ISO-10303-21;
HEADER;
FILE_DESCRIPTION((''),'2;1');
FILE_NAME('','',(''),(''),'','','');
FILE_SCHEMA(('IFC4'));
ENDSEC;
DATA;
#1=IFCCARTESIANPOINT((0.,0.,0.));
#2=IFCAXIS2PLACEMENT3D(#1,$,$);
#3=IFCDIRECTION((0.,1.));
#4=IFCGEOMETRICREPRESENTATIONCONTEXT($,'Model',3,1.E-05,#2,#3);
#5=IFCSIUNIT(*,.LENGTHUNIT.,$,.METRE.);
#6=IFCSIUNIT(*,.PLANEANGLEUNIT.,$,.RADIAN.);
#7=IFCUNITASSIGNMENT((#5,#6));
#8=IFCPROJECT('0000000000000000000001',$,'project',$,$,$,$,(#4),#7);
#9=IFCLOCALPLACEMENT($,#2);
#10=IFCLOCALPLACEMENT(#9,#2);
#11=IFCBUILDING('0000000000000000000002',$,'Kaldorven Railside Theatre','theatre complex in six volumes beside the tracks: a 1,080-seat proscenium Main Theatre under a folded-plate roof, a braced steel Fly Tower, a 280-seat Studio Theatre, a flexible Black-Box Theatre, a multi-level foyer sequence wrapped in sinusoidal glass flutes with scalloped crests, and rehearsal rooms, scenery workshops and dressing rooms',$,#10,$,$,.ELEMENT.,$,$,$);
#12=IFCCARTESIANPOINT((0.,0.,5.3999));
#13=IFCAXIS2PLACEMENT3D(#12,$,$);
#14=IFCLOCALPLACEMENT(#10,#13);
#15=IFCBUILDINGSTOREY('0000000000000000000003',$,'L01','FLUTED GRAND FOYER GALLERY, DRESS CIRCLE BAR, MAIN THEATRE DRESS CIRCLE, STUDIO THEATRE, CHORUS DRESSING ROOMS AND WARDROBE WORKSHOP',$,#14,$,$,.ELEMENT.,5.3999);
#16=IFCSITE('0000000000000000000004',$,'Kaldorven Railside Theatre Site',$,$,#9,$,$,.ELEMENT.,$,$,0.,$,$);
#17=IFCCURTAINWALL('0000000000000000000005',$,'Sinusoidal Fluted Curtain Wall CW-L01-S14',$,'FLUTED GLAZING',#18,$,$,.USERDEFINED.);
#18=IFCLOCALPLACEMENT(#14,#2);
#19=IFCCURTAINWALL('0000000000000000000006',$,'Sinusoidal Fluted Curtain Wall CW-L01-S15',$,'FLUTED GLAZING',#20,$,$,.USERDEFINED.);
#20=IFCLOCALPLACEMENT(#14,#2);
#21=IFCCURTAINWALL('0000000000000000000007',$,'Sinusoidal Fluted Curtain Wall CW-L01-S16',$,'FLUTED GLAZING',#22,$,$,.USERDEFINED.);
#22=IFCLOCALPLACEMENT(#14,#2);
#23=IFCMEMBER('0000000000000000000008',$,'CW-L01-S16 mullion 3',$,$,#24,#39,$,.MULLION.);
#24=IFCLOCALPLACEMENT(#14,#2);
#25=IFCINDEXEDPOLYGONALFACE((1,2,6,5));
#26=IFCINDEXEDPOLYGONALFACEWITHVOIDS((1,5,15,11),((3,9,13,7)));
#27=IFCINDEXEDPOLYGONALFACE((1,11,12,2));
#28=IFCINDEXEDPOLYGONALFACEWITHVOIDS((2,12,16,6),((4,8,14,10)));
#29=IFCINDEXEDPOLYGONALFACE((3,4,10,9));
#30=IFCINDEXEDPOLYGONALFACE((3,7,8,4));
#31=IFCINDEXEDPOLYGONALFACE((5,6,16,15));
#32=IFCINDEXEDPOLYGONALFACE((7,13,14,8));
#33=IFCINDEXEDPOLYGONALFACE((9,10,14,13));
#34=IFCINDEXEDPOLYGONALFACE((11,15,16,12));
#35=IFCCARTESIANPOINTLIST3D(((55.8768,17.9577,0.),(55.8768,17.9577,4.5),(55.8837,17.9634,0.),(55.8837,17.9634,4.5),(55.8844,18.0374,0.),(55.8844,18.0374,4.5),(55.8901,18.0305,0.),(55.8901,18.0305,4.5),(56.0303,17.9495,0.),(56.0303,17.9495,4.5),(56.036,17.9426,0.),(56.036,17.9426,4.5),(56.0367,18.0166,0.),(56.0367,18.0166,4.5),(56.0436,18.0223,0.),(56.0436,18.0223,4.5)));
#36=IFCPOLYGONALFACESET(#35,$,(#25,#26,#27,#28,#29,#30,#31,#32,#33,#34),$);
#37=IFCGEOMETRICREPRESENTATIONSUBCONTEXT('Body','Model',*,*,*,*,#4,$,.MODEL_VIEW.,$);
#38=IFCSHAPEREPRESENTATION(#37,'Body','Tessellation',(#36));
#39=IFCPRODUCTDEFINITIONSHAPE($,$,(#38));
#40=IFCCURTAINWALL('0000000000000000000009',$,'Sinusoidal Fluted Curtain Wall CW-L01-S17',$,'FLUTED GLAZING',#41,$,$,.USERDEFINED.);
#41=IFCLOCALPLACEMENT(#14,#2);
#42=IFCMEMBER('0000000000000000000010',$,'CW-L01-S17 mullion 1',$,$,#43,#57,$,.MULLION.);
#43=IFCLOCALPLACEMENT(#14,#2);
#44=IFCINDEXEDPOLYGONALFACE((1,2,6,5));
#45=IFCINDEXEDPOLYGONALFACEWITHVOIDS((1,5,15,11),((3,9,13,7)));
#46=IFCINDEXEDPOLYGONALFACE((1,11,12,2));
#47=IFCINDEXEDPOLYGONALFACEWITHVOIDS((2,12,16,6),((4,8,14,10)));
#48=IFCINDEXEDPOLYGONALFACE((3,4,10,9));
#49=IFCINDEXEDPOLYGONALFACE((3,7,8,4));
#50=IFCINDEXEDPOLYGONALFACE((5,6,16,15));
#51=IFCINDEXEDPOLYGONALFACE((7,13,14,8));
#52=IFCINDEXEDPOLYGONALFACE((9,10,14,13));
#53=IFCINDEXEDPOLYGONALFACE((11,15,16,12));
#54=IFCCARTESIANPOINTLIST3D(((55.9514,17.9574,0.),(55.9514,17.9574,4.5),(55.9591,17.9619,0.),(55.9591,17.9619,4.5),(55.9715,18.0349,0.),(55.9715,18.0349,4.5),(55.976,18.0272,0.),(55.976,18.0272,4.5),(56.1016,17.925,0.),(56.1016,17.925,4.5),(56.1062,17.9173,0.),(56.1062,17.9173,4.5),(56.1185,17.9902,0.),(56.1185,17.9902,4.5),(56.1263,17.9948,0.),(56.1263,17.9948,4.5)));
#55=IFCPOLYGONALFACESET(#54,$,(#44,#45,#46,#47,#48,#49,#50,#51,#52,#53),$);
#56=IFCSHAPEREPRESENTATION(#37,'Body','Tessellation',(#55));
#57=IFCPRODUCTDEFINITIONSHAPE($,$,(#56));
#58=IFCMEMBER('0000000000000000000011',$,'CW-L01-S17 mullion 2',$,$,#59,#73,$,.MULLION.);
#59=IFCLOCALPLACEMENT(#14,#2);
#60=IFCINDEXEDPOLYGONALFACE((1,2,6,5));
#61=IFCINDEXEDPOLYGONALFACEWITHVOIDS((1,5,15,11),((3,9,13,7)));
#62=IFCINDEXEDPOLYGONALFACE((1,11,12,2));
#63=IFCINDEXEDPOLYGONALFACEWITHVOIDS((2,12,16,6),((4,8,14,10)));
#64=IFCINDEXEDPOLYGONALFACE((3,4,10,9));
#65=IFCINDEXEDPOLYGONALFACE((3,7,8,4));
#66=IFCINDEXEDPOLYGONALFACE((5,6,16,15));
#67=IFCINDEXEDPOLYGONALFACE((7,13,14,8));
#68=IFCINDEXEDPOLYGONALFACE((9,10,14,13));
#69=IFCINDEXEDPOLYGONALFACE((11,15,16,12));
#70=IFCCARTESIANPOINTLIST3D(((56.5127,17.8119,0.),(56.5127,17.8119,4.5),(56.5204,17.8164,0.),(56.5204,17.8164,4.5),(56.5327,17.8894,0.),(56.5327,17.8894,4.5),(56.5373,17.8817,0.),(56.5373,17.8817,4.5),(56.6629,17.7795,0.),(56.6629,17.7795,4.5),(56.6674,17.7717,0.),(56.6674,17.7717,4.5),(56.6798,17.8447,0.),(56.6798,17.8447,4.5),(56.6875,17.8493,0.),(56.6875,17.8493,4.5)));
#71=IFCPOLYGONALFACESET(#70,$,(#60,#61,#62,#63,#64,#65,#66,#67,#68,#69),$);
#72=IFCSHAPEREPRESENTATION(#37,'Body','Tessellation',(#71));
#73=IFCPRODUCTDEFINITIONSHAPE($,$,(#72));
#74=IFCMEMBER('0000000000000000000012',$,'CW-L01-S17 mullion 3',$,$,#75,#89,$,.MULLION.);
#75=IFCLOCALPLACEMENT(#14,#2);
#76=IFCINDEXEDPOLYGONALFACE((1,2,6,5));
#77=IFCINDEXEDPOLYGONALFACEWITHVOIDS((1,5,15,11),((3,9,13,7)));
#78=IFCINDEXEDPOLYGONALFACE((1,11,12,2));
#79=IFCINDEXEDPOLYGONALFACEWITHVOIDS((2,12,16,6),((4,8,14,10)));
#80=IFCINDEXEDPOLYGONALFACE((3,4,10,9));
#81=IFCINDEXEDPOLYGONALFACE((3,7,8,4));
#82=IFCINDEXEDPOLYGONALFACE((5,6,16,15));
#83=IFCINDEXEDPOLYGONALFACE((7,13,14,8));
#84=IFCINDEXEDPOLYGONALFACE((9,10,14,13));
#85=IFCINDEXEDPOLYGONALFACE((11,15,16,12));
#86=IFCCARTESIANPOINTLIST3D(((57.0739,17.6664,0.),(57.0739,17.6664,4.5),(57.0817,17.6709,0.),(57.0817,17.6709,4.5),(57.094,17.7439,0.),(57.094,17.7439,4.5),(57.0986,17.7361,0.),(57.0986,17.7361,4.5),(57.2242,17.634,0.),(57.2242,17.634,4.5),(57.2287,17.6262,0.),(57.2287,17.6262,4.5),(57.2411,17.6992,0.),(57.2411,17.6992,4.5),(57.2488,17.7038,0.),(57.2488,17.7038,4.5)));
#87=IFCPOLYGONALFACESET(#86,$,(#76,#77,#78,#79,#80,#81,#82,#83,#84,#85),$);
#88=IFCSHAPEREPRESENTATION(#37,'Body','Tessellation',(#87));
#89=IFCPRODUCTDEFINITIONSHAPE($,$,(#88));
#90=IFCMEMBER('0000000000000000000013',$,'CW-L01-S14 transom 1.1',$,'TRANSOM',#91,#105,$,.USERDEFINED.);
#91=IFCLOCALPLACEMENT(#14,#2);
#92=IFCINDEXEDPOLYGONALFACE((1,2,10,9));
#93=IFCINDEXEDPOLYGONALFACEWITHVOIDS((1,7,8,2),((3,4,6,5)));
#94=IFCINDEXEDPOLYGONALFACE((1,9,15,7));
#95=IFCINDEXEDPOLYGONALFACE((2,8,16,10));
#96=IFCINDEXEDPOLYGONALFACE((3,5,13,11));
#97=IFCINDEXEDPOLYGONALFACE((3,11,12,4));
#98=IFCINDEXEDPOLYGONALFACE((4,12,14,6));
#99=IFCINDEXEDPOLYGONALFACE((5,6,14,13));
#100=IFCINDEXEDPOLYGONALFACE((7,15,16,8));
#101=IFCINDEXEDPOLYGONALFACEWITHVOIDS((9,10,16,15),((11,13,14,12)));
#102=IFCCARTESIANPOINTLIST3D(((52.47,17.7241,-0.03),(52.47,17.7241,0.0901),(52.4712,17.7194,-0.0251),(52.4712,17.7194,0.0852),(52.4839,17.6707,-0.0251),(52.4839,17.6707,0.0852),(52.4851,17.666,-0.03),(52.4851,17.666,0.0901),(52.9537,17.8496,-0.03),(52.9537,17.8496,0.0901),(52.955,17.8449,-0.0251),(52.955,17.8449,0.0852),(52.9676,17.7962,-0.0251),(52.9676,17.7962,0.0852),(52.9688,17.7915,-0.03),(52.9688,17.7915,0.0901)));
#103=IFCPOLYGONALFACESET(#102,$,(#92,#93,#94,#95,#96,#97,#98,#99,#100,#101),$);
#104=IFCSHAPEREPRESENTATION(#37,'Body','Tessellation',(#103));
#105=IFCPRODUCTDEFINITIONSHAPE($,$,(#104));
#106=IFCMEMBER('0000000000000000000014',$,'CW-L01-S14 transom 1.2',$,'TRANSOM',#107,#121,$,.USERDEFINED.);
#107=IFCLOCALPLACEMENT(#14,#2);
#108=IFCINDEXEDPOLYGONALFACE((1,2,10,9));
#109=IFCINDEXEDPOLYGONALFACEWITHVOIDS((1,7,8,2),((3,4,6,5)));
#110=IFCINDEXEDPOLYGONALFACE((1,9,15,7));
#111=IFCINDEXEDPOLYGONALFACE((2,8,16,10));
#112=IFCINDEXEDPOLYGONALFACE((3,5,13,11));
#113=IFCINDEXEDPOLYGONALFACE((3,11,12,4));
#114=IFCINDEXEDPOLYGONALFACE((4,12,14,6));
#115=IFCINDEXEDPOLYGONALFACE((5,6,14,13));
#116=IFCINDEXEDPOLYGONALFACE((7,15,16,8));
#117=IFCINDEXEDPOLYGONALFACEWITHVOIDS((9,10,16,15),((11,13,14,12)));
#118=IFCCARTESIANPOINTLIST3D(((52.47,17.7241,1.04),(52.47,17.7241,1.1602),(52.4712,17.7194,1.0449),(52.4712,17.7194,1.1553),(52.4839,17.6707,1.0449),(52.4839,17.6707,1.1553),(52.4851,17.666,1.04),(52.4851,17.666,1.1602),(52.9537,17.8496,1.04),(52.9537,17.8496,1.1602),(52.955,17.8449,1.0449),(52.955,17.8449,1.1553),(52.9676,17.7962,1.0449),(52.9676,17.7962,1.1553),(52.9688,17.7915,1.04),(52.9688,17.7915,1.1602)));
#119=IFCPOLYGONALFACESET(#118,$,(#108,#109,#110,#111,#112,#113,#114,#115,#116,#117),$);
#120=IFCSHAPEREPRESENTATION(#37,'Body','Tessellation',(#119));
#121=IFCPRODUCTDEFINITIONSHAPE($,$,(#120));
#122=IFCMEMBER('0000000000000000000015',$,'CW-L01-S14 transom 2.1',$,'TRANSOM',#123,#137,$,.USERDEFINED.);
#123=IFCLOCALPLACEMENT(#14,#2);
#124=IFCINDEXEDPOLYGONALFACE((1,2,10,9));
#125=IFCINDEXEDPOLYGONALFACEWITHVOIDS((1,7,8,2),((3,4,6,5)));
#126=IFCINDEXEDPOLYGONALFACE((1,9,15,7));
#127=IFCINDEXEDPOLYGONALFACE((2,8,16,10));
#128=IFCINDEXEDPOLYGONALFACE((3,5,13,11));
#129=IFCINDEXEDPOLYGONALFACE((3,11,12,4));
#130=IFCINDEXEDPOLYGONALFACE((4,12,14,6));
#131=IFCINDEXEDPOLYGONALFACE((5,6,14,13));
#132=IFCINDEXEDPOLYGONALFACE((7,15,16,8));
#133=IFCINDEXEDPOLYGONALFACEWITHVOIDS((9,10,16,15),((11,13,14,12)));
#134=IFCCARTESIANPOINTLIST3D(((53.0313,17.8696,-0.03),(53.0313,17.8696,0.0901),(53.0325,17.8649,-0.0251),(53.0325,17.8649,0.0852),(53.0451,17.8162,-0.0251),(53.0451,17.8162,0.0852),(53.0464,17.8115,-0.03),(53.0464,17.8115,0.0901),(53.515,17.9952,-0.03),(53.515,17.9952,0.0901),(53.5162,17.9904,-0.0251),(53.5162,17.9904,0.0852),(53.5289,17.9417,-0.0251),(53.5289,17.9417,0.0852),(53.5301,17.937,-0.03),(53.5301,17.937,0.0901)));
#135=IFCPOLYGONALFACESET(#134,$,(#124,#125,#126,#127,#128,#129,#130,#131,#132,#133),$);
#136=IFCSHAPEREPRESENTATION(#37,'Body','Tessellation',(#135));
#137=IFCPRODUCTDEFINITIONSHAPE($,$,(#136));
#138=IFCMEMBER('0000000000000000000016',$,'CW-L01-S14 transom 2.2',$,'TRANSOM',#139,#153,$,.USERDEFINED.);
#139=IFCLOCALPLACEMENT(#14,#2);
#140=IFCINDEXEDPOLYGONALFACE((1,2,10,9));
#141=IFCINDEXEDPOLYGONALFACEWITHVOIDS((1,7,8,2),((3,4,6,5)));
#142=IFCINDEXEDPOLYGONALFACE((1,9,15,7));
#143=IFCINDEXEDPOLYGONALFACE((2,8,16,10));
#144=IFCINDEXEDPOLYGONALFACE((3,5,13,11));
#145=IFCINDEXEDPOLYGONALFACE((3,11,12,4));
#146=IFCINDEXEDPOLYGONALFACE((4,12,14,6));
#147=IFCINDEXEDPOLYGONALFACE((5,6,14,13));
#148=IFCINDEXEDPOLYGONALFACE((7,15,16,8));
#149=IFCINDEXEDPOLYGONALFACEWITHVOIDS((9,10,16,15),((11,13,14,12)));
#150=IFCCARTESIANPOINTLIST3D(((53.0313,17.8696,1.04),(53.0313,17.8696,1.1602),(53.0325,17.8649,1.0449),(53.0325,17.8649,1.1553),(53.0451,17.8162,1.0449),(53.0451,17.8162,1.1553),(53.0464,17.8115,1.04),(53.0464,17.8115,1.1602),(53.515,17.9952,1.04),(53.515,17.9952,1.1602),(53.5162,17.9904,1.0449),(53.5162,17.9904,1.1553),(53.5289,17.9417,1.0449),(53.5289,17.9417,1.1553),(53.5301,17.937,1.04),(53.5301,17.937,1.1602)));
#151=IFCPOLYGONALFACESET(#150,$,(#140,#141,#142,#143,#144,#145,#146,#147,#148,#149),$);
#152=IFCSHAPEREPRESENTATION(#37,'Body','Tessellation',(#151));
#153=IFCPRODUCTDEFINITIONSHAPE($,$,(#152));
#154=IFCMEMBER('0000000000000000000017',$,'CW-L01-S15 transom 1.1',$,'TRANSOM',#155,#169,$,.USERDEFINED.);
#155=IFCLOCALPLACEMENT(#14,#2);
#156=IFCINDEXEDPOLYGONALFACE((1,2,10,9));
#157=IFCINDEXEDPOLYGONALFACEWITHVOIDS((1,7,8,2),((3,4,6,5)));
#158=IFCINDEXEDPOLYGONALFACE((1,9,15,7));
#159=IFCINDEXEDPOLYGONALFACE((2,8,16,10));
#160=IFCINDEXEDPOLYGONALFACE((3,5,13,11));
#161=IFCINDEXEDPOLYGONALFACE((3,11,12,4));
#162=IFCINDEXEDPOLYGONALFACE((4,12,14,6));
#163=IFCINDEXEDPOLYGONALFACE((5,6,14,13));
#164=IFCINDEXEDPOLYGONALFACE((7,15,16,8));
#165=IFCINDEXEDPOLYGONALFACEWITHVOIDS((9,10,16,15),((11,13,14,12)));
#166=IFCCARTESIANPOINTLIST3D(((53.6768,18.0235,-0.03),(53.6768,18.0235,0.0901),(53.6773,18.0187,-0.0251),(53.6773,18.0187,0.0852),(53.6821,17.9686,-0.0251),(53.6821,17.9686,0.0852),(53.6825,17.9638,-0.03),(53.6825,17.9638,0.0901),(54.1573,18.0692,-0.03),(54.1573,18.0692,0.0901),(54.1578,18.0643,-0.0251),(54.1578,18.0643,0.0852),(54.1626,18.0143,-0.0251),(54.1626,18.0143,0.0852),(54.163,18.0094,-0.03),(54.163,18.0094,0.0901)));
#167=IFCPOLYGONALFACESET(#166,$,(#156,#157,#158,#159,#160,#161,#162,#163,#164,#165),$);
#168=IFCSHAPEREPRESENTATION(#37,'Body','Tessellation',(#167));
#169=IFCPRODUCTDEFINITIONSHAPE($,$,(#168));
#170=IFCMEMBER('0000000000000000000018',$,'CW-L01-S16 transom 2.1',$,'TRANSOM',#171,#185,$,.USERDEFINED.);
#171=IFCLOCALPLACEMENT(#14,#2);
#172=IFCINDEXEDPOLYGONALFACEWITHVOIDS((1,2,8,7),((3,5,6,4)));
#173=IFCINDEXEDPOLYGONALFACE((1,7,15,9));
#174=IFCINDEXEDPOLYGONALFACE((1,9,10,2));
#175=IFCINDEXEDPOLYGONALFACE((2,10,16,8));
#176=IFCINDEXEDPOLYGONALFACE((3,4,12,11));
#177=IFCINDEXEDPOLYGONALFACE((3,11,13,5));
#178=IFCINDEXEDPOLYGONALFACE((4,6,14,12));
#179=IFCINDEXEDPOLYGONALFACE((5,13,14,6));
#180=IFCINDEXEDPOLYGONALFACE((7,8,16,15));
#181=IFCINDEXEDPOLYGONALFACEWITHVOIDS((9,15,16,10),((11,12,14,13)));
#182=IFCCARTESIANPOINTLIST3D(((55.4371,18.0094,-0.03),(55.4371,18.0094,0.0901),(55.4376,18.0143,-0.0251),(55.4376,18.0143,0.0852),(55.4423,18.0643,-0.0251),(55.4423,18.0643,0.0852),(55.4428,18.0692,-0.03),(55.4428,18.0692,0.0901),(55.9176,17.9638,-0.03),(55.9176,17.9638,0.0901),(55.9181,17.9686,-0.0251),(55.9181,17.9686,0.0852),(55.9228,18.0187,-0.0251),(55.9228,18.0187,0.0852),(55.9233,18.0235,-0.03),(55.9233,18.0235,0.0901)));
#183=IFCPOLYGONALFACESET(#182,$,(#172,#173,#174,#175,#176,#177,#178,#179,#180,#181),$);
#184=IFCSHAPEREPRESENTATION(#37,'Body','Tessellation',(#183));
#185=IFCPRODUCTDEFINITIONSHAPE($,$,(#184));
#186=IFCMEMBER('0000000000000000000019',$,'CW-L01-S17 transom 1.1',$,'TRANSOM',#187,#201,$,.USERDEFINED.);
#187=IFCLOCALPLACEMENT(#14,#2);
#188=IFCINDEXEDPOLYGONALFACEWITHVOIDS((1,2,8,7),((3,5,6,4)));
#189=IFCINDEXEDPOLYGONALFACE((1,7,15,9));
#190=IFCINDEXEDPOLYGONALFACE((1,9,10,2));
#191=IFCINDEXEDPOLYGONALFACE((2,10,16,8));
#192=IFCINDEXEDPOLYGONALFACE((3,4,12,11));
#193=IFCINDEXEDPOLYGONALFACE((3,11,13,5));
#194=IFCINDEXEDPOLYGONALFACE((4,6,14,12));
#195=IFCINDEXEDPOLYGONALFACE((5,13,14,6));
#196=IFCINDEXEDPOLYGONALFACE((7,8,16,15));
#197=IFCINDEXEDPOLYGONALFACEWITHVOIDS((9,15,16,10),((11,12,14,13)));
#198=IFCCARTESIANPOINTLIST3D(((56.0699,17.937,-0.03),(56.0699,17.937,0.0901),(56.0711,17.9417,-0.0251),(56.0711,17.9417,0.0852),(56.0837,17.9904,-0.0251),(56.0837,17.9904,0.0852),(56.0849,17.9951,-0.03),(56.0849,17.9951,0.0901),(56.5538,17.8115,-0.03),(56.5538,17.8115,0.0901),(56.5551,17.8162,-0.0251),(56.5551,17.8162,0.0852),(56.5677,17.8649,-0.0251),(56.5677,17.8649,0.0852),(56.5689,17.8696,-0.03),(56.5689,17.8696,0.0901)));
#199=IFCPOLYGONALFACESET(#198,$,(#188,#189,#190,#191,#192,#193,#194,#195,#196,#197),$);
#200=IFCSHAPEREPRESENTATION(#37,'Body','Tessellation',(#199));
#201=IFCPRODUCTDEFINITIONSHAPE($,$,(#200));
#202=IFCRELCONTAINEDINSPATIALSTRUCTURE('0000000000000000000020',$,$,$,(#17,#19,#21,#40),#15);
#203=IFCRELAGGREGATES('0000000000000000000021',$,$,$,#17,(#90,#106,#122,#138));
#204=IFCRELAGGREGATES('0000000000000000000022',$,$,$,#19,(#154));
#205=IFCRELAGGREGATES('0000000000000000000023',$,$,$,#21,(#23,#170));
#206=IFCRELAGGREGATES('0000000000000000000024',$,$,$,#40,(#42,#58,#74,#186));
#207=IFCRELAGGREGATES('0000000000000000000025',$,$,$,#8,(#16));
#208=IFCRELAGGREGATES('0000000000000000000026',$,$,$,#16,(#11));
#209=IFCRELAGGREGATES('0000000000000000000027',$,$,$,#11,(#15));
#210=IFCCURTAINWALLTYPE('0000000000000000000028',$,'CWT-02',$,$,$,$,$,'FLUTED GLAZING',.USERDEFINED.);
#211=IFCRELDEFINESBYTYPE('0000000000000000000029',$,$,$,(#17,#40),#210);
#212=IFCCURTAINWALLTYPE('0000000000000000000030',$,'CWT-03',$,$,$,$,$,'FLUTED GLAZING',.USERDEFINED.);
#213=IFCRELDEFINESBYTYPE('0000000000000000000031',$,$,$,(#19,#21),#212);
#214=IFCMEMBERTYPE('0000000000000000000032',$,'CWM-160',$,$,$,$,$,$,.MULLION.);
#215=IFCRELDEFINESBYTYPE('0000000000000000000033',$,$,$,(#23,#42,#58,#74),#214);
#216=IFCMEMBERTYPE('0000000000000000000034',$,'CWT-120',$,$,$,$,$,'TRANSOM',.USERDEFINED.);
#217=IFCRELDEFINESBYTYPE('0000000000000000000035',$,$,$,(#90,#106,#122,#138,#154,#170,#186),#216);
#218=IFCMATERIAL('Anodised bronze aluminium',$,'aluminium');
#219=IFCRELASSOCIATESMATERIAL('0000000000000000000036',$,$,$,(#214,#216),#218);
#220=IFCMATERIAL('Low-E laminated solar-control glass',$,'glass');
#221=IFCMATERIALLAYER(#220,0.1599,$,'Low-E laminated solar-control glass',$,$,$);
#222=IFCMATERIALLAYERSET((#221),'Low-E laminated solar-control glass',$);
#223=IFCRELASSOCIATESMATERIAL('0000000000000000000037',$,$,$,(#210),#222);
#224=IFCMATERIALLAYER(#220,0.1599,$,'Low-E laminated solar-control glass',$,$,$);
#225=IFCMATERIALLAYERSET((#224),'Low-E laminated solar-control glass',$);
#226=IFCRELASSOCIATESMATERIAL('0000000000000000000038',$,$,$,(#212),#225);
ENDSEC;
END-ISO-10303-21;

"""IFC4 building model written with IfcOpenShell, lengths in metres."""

from ifc_helpers import new_model, si_unit, direction, frame, origin, origin_2d, place, context, subcontext, project, spatial, hollow_rectangle, extrude, material, layer, layer_set, material_profile, profile_set, type_object, element, aggregate, save


model = new_model("IFC4")

# Units and contexts
model_context = context("Model", 3, precision=1e-05, world=origin(), true_north=direction((0.0, 1.0)))
body_context = subcontext(model_context, "Body", "Model", "MODEL_VIEW")
ifc_project = project(units=[si_unit("LENGTHUNIT", "METRE"), si_unit("PLANEANGLEUNIT", "RADIAN")], contexts=[model_context])

# Site, building, storey
site_placement = place(None, origin())
site = spatial("IfcSite", under=ifc_project, at=site_placement, Name="Kaldorven Railside Theatre Site", CompositionType="ELEMENT", RefElevation=0.0)
building_placement = place(site_placement, origin())
building = spatial("IfcBuilding", under=site, at=building_placement, Name="Kaldorven Railside Theatre", Description="theatre complex in six volumes beside the tracks: a 1,080-seat proscenium Main Theatre under a folded-plate roof, a braced steel Fly Tower, a 280-seat Studio Theatre, a flexible Black-Box Theatre, a multi-level foyer sequence wrapped in sinusoidal glass flutes with scalloped crests, and rehearsal rooms, scenery workshops and dressing rooms", CompositionType="ELEMENT")
storey_placement = place(building_placement, frame((0.0, 0.0, 5.3999)))
storey = spatial("IfcBuildingStorey", under=building, at=storey_placement, Name="L01", Description="FLUTED GRAND FOYER GALLERY, DRESS CIRCLE BAR, MAIN THEATRE DRESS CIRCLE, STUDIO THEATRE, CHORUS DRESSING ROOMS AND WARDROBE WORKSHOP", CompositionType="ELEMENT", Elevation=5.3999)

# Shared definitions
ifc_material_1 = material(Name="Low-E laminated solar-control glass", Category="glass")
ifc_material_2 = material(Name="Anodised bronze aluminium", Category="aluminium")
ifc_material_profile_1 = material_profile(ifc_material_2, hollow_rectangle(XDim=0.0801, YDim=0.1599, WallThickness=0.0063, at=origin_2d()), Name="RHS 160x80x6.3")
ifc_profile_set_1 = profile_set([ifc_material_profile_1], Name="Anodised bronze aluminium")
member_type_1 = type_object("IfcMemberType", Name="CWM-160", PredefinedType="MULLION", material=ifc_profile_set_1)

# Curtain walls, members
ifc_layer_1 = layer(ifc_material_1, 0.1599, Name="Low-E laminated solar-control glass")
ifc_layer_set_1 = layer_set([ifc_layer_1], Name="Low-E laminated solar-control glass")
curtain_wall_type_1 = type_object("IfcCurtainWallType", Name="CWT-02", ElementType="FLUTED GLAZING", PredefinedType="USERDEFINED", material=ifc_layer_set_1)
curtain_wall_1_placement = place(storey_placement, origin())
curtain_wall_1 = element("IfcCurtainWall", 1, at=curtain_wall_1_placement, inside=storey, type_object=curtain_wall_type_1, Name="Sinusoidal Fluted Curtain Wall CW-L01-S14", ObjectType="FLUTED GLAZING", PredefinedType="USERDEFINED")
ifc_layer_2 = layer(ifc_material_1, 0.1599, Name="Low-E laminated solar-control glass")
ifc_layer_set_2 = layer_set([ifc_layer_2], Name="Low-E laminated solar-control glass")
curtain_wall_type_2 = type_object("IfcCurtainWallType", Name="CWT-03", ElementType="FLUTED GLAZING", PredefinedType="USERDEFINED", material=ifc_layer_set_2)
curtain_wall_2_placement = place(storey_placement, origin())
curtain_wall_2 = element("IfcCurtainWall", 2, at=curtain_wall_2_placement, inside=storey, type_object=curtain_wall_type_2, Name="Sinusoidal Fluted Curtain Wall CW-L01-S15", ObjectType="FLUTED GLAZING", PredefinedType="USERDEFINED")
curtain_wall_3_placement = place(storey_placement, origin())
curtain_wall_3 = element("IfcCurtainWall", 3, at=curtain_wall_3_placement, inside=storey, type_object=curtain_wall_type_2, Name="Sinusoidal Fluted Curtain Wall CW-L01-S16", ObjectType="FLUTED GLAZING", PredefinedType="USERDEFINED")
member_1_placement = place(storey_placement, frame((55.9602, 17.99, 0.0), z_axis=(0.0, 0.0, 1.0), x_axis=(0.094492, 0.995526, 0.0)))
member_1 = element("IfcMember", 4, at=member_1_placement, type_object=member_type_1, Name="CW-L01-S16 mullion 3", PredefinedType="MULLION", context=body_context, shape_type="SweptSolid", body=[
    extrude(hollow_rectangle(XDim=0.0801, YDim=0.1599, WallThickness=0.0063, at=origin_2d()), origin(), (0.0, 0.0, 1.0), 4.5),
])
curtain_wall_4_placement = place(storey_placement, origin())
curtain_wall_4 = element("IfcCurtainWall", 5, at=curtain_wall_4_placement, inside=storey, type_object=curtain_wall_type_1, Name="Sinusoidal Fluted Curtain Wall CW-L01-S17", ObjectType="FLUTED GLAZING", PredefinedType="USERDEFINED")
member_2_placement = place(storey_placement, frame((56.0388, 17.9761, 0.0), z_axis=(0.0, 0.0, 1.0), x_axis=(0.250954, 0.967999, 0.0)))
member_2 = element("IfcMember", 6, at=member_2_placement, type_object=member_type_1, Name="CW-L01-S17 mullion 1", PredefinedType="MULLION", context=body_context, shape_type="SweptSolid", body=[
    extrude(hollow_rectangle(XDim=0.0801, YDim=0.1599, WallThickness=0.0063, at=origin_2d()), origin(), (0.0, 0.0, 1.0), 4.5),
])
member_3_placement = place(storey_placement, frame((56.6001, 17.8306, 0.0), z_axis=(0.0, 0.0, 1.0), x_axis=(0.250954, 0.967999, 0.0)))
member_3 = element("IfcMember", 7, at=member_3_placement, type_object=member_type_1, Name="CW-L01-S17 mullion 2", PredefinedType="MULLION", context=body_context, shape_type="SweptSolid", body=[
    extrude(hollow_rectangle(XDim=0.0801, YDim=0.1599, WallThickness=0.0063, at=origin_2d()), origin(), (0.0, 0.0, 1.0), 4.5),
])
member_4_placement = place(storey_placement, frame((57.1614, 17.6851, 0.0), z_axis=(0.0, 0.0, 1.0), x_axis=(0.250954, 0.967999, 0.0)))
member_4 = element("IfcMember", 8, at=member_4_placement, type_object=member_type_1, Name="CW-L01-S17 mullion 3", PredefinedType="MULLION", context=body_context, shape_type="SweptSolid", body=[
    extrude(hollow_rectangle(XDim=0.0801, YDim=0.1599, WallThickness=0.0063, at=origin_2d()), origin(), (0.0, 0.0, 1.0), 4.5),
])

# Members
ifc_material_profile_2 = material_profile(ifc_material_2, hollow_rectangle(XDim=0.0601, YDim=0.1201, WallThickness=0.0049, at=origin_2d()), Name="RHS 120x60x5")
ifc_profile_set_2 = profile_set([ifc_material_profile_2], Name="Anodised bronze aluminium")
member_type_2 = type_object("IfcMemberType", Name="CWT-120", ElementType="TRANSOM", PredefinedType="USERDEFINED", material=ifc_profile_set_2)
member_5_placement = place(storey_placement, frame((52.4775, 17.6951, 0.03), z_axis=(0.967949, 0.251149, 0.0), x_axis=(-0.251149, 0.967949, 0.0)))
member_5 = element("IfcMember", 9, at=member_5_placement, type_object=member_type_2, Name="CW-L01-S14 transom 1.1", ObjectType="TRANSOM", PredefinedType="USERDEFINED", context=body_context, shape_type="SweptSolid", body=[
    extrude(hollow_rectangle(XDim=0.0601, YDim=0.1201, WallThickness=0.0049, at=origin_2d()), origin(), (0.0, 0.0, 1.0), 0.4998),
])
member_6_placement = place(storey_placement, frame((52.4775, 17.6951, 1.1001), z_axis=(0.967949, 0.251149, 0.0), x_axis=(-0.251149, 0.967949, 0.0)))
member_6 = element("IfcMember", 10, at=member_6_placement, type_object=member_type_2, Name="CW-L01-S14 transom 1.2", ObjectType="TRANSOM", PredefinedType="USERDEFINED", context=body_context, shape_type="SweptSolid", body=[
    extrude(hollow_rectangle(XDim=0.0601, YDim=0.1201, WallThickness=0.0049, at=origin_2d()), origin(), (0.0, 0.0, 1.0), 0.4998),
])
member_7_placement = place(storey_placement, frame((53.0388, 17.8406, 0.03), z_axis=(0.967949, 0.251149, 0.0), x_axis=(-0.251149, 0.967949, 0.0)))
member_7 = element("IfcMember", 11, at=member_7_placement, type_object=member_type_2, Name="CW-L01-S14 transom 2.1", ObjectType="TRANSOM", PredefinedType="USERDEFINED", context=body_context, shape_type="SweptSolid", body=[
    extrude(hollow_rectangle(XDim=0.0601, YDim=0.1201, WallThickness=0.0049, at=origin_2d()), origin(), (0.0, 0.0, 1.0), 0.4998),
])
member_8_placement = place(storey_placement, frame((53.0388, 17.8406, 1.1001), z_axis=(0.967949, 0.251149, 0.0), x_axis=(-0.251149, 0.967949, 0.0)))
member_8 = element("IfcMember", 12, at=member_8_placement, type_object=member_type_2, Name="CW-L01-S14 transom 2.2", ObjectType="TRANSOM", PredefinedType="USERDEFINED", context=body_context, shape_type="SweptSolid", body=[
    extrude(hollow_rectangle(XDim=0.0601, YDim=0.1201, WallThickness=0.0049, at=origin_2d()), origin(), (0.0, 0.0, 1.0), 0.4998),
])
member_9_placement = place(storey_placement, frame((53.6797, 17.9937, 0.03), z_axis=(0.995516, 0.094594, 0.0), x_axis=(-0.094594, 0.995516, 0.0)))
member_9 = element("IfcMember", 13, at=member_9_placement, type_object=member_type_2, Name="CW-L01-S15 transom 1.1", ObjectType="TRANSOM", PredefinedType="USERDEFINED", context=body_context, shape_type="SweptSolid", body=[
    extrude(hollow_rectangle(XDim=0.0601, YDim=0.1201, WallThickness=0.0049, at=origin_2d()), origin(), (0.0, 0.0, 1.0), 0.4827),
])
member_10_placement = place(storey_placement, frame((55.4399, 18.0393, 0.03), z_axis=(0.995516, -0.094594, 0.0), x_axis=(0.094594, 0.995516, 0.0)))
member_10 = element("IfcMember", 14, at=member_10_placement, type_object=member_type_2, Name="CW-L01-S16 transom 2.1", ObjectType="TRANSOM", PredefinedType="USERDEFINED", context=body_context, shape_type="SweptSolid", body=[
    extrude(hollow_rectangle(XDim=0.0601, YDim=0.1201, WallThickness=0.0049, at=origin_2d()), origin(), (0.0, 0.0, 1.0), 0.4827),
])
member_11_placement = place(storey_placement, frame((56.0774, 17.9661, 0.03), z_axis=(0.967979, -0.25103, 0.0), x_axis=(0.25103, 0.967979, 0.0)))
member_11 = element("IfcMember", 15, at=member_11_placement, type_object=member_type_2, Name="CW-L01-S17 transom 1.1", ObjectType="TRANSOM", PredefinedType="USERDEFINED", context=body_context, shape_type="SweptSolid", body=[
    extrude(hollow_rectangle(XDim=0.0601, YDim=0.1201, WallThickness=0.0049, at=origin_2d()), origin(), (0.0, 0.0, 1.0), 0.5),
])

aggregate(curtain_wall_1, [member_5, member_6, member_7, member_8])
aggregate(curtain_wall_2, [member_9])
aggregate(curtain_wall_3, [member_1, member_10])
aggregate(curtain_wall_4, [member_2, member_3, member_4, member_11])

save(model, "model.ifc")
